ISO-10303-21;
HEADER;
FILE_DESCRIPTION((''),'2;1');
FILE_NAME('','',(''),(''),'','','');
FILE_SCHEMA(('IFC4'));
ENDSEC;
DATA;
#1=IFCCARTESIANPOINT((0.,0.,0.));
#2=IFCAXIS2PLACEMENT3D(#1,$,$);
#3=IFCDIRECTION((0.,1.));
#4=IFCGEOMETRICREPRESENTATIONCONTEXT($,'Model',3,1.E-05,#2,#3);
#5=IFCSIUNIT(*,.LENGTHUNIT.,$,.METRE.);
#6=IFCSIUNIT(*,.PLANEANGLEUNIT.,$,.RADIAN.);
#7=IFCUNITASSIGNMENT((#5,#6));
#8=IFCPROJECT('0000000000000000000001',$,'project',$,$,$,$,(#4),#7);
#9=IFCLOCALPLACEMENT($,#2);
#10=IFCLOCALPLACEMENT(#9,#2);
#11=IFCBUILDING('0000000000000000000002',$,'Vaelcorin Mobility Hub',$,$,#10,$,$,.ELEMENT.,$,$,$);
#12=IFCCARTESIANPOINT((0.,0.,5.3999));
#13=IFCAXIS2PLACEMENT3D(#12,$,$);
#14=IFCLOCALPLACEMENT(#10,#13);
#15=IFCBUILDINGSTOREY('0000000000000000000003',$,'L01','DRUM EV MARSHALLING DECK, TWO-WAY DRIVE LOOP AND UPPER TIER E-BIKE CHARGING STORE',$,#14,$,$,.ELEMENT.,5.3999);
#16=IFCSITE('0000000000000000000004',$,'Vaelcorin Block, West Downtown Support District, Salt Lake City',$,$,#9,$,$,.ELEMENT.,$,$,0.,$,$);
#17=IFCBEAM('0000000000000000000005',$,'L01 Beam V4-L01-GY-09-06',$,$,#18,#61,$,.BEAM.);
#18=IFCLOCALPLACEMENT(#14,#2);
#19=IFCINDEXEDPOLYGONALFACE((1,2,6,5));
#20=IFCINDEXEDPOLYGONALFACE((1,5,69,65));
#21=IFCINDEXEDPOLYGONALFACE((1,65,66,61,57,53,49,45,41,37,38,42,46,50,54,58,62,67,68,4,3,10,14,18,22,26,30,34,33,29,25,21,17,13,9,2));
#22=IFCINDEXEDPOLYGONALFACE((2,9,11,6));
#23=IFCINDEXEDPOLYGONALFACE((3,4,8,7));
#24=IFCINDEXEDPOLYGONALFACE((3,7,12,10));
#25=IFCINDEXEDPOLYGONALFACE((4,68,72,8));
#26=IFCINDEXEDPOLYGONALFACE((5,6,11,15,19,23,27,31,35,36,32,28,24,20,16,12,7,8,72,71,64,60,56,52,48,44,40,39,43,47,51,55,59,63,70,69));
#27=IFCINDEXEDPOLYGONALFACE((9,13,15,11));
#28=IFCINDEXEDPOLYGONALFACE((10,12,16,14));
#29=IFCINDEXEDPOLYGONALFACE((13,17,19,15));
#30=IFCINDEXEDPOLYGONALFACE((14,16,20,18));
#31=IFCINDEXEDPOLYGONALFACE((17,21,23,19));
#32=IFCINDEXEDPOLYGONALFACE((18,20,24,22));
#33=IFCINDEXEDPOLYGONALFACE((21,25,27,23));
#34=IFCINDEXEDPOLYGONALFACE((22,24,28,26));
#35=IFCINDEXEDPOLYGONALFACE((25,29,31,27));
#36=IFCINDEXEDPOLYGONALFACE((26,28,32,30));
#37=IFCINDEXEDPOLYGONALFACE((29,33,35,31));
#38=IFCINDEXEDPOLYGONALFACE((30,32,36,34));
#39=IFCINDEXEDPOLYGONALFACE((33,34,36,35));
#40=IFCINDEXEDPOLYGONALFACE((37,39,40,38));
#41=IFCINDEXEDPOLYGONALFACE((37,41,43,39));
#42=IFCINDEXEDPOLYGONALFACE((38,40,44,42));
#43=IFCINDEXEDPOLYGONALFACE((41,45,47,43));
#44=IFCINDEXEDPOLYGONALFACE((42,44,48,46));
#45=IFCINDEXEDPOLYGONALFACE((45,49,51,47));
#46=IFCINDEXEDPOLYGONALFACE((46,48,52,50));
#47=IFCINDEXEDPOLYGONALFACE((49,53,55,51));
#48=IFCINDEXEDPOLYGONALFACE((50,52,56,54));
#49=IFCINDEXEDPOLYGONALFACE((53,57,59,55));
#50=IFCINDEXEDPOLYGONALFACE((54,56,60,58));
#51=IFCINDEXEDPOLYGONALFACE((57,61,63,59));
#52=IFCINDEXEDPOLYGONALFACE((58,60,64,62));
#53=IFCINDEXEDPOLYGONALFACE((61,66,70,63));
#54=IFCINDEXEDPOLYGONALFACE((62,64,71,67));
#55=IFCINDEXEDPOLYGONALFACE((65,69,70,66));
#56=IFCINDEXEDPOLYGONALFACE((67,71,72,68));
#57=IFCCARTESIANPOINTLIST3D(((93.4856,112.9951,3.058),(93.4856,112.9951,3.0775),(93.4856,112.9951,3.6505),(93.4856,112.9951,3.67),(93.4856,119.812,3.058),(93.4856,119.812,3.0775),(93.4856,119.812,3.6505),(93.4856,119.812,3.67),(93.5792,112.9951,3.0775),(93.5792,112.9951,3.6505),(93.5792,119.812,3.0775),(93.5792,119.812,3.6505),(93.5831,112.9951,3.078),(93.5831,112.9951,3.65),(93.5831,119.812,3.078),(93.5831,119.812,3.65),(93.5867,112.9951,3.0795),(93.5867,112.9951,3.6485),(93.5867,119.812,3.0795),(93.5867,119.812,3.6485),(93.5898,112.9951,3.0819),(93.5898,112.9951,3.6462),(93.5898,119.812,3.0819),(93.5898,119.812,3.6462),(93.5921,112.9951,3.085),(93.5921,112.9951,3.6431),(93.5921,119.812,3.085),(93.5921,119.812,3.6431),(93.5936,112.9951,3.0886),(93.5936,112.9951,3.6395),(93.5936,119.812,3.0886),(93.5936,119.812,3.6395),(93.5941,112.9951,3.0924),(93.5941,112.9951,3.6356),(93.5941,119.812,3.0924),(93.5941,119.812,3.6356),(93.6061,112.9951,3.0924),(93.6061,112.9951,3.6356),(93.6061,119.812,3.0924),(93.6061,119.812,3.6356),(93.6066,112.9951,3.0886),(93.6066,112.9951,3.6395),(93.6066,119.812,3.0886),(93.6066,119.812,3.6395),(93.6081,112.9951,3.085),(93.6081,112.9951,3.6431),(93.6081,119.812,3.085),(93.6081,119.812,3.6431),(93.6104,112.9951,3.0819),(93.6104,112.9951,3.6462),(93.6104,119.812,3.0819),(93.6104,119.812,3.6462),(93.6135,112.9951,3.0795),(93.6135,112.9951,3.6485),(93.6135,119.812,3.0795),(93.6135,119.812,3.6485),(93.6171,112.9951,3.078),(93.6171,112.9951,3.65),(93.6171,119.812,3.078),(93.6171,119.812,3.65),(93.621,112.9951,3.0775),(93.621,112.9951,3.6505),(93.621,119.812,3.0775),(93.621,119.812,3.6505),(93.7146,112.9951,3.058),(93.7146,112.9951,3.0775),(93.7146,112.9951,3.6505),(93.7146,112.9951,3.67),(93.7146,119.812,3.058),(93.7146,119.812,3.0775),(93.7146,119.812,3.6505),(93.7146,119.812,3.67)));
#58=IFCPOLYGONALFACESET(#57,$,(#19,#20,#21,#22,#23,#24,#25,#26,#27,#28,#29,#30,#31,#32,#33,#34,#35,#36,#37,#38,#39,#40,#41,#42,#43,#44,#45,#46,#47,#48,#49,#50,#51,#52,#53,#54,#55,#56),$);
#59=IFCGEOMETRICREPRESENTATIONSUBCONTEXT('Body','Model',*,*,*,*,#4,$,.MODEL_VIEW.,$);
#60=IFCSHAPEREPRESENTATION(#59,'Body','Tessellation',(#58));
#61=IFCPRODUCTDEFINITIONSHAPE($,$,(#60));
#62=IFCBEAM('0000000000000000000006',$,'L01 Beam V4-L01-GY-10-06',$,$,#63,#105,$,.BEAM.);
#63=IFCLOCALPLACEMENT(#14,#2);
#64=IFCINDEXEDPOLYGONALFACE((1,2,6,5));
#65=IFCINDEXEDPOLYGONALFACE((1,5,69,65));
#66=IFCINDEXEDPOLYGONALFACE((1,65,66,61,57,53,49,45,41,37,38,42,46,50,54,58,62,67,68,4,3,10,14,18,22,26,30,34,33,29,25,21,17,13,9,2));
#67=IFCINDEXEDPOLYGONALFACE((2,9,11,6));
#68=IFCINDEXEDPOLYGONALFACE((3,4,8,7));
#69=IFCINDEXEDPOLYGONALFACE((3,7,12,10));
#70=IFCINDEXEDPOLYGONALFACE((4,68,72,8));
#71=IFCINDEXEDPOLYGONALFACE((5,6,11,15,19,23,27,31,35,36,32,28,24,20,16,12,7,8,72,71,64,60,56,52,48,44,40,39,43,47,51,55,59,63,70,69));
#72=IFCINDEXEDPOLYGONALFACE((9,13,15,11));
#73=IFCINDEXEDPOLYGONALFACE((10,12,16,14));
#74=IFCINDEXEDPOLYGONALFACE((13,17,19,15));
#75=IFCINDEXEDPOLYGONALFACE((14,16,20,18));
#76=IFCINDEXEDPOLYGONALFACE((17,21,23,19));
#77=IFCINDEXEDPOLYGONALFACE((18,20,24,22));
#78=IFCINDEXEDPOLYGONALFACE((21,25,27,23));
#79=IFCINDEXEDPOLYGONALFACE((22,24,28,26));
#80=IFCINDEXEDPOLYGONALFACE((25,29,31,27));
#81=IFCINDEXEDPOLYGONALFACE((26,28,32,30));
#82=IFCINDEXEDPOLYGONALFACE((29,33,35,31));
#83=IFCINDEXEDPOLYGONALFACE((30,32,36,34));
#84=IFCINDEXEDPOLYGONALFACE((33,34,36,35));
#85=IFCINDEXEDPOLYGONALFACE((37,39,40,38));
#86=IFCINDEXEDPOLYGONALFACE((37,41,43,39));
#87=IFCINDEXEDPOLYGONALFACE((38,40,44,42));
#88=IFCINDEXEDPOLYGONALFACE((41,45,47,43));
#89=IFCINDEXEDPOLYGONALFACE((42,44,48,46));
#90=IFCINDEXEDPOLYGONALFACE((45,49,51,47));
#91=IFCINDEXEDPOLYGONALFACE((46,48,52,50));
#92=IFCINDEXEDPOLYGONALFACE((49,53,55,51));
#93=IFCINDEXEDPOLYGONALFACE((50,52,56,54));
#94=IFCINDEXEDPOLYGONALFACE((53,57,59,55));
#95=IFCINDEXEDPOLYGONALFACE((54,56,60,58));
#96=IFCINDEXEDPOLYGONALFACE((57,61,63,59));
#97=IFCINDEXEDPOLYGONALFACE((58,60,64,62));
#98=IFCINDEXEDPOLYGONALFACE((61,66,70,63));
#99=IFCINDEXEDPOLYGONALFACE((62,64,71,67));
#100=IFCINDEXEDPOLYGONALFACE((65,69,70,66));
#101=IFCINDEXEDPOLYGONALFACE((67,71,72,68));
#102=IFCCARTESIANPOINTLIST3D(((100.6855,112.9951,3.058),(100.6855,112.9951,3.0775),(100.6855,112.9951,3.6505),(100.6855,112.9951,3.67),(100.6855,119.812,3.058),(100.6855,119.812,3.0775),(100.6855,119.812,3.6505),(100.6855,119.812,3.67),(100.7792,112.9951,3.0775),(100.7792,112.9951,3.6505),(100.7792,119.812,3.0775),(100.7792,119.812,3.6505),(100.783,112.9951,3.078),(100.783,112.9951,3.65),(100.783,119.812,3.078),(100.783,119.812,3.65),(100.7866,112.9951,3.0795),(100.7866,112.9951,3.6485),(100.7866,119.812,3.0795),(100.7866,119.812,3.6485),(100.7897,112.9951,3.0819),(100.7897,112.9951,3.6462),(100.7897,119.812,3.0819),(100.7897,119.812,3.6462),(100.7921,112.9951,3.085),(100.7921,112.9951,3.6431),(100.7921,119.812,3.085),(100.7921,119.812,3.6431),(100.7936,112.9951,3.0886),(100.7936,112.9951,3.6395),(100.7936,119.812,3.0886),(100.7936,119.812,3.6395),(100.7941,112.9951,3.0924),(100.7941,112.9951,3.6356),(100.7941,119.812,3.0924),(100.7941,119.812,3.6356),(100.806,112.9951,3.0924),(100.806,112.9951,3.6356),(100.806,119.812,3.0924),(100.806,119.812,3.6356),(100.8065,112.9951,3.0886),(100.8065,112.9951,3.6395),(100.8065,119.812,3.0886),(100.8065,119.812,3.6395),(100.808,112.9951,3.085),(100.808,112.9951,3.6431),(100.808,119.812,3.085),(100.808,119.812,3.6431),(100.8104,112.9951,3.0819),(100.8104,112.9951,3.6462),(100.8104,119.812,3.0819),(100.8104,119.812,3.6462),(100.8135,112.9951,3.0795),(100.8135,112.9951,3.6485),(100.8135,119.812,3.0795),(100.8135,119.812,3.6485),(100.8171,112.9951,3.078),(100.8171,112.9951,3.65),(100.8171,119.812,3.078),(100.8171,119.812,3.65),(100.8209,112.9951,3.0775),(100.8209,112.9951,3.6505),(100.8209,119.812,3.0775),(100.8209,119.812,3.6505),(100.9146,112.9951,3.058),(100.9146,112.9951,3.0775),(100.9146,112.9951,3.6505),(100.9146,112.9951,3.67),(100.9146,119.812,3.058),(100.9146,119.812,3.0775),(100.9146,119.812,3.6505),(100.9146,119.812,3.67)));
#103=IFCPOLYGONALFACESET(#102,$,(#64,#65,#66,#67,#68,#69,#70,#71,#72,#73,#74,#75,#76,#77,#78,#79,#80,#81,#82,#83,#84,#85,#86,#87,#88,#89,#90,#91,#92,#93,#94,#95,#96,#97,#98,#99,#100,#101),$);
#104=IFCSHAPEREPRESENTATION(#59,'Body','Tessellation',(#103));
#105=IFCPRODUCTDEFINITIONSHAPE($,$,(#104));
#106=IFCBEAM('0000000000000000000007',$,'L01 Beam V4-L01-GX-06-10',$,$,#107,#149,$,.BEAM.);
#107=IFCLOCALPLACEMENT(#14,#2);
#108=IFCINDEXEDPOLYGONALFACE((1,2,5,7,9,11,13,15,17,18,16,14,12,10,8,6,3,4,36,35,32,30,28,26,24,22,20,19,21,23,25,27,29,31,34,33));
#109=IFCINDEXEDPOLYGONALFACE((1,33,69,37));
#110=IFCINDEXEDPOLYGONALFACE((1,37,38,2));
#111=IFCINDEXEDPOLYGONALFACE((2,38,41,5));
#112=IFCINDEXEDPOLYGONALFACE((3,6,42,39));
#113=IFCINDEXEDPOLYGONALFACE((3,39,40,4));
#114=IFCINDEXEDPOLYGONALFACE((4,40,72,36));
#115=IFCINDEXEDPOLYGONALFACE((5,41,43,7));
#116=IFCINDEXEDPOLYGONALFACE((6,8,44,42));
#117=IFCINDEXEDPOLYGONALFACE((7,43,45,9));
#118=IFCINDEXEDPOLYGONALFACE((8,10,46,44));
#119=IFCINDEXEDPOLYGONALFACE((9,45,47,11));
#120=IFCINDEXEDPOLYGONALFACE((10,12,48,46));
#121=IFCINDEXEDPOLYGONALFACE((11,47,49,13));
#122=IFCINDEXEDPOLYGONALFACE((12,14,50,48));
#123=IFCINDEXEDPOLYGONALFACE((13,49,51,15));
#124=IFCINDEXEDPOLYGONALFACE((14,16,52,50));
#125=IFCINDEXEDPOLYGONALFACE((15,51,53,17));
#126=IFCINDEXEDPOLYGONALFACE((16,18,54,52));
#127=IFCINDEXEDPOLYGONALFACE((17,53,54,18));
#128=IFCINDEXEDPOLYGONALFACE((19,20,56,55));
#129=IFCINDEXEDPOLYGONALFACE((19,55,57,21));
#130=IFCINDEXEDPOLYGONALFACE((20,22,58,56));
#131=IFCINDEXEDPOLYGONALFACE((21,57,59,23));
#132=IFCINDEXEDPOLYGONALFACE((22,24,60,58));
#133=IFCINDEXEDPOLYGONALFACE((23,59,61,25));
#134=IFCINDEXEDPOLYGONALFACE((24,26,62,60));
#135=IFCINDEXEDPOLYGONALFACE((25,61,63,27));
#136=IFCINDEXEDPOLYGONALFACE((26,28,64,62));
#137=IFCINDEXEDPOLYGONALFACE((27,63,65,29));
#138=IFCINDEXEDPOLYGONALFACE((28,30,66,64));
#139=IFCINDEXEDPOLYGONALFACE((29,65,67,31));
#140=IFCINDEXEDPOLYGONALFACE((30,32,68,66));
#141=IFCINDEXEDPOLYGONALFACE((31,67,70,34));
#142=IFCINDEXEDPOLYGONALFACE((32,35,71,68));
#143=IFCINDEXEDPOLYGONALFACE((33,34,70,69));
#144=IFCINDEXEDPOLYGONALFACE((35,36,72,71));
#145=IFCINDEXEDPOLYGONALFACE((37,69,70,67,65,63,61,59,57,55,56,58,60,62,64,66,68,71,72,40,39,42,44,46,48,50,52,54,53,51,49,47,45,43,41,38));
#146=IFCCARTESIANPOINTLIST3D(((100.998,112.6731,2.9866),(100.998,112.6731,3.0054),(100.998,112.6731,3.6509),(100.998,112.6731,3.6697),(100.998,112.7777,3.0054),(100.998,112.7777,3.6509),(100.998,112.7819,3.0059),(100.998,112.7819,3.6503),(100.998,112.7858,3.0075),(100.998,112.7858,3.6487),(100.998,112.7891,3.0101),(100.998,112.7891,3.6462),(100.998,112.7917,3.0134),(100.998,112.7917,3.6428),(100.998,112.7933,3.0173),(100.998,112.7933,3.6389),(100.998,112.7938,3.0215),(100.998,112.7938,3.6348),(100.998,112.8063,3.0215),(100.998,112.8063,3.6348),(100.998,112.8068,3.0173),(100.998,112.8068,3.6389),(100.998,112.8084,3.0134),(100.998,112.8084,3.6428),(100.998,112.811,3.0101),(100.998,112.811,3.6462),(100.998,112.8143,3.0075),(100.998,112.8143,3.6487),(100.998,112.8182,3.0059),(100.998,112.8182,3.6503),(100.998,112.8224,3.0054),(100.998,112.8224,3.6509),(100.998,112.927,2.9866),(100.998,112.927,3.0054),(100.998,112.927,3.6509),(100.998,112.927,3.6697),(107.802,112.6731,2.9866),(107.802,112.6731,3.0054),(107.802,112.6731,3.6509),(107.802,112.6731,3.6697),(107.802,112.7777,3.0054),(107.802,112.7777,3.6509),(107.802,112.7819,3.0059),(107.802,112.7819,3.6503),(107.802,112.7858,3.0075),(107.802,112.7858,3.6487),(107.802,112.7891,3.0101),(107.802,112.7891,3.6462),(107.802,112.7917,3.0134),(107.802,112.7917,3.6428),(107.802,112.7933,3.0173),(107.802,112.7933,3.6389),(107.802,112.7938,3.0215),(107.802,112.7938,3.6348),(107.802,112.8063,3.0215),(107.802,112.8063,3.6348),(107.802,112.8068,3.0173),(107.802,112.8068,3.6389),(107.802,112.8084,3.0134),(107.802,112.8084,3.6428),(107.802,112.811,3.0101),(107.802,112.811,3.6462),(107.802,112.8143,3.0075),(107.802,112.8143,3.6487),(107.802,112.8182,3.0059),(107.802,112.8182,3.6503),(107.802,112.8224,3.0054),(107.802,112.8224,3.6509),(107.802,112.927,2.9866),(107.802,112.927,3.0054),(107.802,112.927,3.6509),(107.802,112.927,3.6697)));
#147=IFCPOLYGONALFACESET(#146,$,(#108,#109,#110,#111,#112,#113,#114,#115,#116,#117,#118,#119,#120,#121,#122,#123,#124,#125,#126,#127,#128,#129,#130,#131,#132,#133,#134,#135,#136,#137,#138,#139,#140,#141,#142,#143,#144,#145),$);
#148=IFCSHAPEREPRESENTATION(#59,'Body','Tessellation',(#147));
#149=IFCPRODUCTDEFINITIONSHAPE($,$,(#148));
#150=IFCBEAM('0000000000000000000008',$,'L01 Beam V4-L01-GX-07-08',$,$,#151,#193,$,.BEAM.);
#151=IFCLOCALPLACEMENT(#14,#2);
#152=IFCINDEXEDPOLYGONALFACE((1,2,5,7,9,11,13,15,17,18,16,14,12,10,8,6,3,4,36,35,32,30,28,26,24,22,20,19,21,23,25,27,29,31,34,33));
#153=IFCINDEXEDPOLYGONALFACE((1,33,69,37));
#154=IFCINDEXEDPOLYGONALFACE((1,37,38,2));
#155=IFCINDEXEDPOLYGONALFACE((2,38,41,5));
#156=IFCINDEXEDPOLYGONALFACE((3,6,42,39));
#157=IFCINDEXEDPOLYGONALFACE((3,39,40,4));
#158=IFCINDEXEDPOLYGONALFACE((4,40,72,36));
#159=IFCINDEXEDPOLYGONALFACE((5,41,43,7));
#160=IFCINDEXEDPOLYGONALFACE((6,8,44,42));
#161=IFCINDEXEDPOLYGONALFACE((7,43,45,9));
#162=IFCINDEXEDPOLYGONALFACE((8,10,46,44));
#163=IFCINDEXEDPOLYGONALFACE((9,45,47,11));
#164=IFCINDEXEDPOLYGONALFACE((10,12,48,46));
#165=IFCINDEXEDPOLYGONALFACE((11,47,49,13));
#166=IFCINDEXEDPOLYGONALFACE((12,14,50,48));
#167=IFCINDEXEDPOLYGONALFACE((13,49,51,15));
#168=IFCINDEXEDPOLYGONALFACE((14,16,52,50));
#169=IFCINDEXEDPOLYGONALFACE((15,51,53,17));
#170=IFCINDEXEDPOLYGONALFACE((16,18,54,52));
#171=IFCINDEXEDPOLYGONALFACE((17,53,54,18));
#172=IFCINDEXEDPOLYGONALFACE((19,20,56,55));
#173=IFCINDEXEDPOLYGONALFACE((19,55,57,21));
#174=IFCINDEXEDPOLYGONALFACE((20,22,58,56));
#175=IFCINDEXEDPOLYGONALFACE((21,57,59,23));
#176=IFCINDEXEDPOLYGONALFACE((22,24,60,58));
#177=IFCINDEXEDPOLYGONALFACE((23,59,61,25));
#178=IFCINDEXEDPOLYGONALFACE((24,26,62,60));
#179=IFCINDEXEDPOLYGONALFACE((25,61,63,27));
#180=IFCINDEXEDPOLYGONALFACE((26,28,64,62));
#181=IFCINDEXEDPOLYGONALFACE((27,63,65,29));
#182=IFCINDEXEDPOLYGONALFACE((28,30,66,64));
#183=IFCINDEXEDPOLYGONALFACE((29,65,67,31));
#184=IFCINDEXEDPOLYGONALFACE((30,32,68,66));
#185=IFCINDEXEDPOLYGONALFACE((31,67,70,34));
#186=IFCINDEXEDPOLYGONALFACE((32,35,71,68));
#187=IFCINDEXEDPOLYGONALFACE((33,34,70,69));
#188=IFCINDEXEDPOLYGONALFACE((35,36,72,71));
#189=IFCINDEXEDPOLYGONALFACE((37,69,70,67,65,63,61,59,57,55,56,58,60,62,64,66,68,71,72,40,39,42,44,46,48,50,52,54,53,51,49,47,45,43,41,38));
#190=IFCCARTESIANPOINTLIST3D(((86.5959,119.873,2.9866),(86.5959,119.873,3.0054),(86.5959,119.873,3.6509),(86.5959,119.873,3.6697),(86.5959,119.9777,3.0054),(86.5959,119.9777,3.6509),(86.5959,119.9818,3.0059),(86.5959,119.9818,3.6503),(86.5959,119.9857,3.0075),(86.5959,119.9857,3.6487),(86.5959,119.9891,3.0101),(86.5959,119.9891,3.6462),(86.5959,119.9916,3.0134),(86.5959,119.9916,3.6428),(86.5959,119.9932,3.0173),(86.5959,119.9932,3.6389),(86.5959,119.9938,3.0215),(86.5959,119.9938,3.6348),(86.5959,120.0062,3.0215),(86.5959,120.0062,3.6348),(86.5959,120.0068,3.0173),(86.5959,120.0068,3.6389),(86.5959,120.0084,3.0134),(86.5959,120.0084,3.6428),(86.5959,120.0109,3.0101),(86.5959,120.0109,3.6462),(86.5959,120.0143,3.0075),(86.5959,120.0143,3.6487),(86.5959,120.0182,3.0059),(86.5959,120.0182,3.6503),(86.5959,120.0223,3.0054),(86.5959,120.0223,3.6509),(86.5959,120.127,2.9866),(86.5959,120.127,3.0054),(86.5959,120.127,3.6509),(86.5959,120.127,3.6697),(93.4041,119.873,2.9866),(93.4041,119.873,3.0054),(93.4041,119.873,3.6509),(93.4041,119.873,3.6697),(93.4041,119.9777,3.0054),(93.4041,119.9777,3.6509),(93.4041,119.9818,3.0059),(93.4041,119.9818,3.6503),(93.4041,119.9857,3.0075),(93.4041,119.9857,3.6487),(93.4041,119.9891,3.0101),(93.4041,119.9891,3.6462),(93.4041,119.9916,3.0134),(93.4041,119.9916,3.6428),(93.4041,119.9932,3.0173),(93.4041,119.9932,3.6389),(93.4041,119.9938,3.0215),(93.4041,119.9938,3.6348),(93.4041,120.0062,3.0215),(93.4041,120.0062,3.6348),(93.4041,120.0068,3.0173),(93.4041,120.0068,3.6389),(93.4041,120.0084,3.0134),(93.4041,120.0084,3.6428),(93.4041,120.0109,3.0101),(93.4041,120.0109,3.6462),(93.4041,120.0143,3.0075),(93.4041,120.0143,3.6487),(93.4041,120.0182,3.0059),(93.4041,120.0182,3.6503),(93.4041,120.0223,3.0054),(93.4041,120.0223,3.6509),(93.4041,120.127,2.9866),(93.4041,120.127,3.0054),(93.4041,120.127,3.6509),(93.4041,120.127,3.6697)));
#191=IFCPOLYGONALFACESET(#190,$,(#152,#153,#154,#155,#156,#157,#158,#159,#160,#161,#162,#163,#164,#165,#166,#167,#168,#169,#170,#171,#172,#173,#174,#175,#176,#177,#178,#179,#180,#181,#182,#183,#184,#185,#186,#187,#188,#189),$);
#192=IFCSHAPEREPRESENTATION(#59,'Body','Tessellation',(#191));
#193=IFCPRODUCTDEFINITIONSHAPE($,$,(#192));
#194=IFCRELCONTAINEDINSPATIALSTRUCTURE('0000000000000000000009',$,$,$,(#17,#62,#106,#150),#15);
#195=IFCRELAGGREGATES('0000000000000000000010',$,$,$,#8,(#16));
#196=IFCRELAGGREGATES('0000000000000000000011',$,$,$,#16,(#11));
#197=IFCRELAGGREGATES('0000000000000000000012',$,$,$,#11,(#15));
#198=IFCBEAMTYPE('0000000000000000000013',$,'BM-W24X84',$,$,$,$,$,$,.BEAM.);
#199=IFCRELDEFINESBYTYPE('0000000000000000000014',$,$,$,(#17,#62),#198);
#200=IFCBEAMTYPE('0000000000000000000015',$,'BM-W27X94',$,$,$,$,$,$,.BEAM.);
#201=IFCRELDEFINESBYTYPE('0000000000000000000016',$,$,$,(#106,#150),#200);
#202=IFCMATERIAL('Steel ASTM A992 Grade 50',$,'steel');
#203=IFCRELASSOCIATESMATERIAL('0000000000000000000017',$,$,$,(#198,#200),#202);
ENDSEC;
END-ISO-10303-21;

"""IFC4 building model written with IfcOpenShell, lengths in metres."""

from ifc_helpers import new_model, si_unit, direction, frame, origin, origin_2d, place, context, subcontext, project, spatial, i_section, extrude, material, material_profile, profile_set, type_object, element, save


model = new_model("IFC4")

# Units and contexts
model_context = context("Model", 3, precision=1e-05, world=origin(), true_north=direction((0.0, 1.0)))
body_context = subcontext(model_context, "Body", "Model", "MODEL_VIEW")
ifc_project = project(units=[si_unit("LENGTHUNIT", "METRE"), si_unit("PLANEANGLEUNIT", "RADIAN")], contexts=[model_context])

# Site, building, storey
site_placement = place(None, origin())
site = spatial("IfcSite", under=ifc_project, at=site_placement, Name="Vaelcorin Block, West Downtown Support District, Salt Lake City", CompositionType="ELEMENT", RefElevation=0.0)
building_placement = place(site_placement, origin())
building = spatial("IfcBuilding", under=site, at=building_placement, Name="Vaelcorin Mobility Hub", CompositionType="ELEMENT")
storey_placement = place(building_placement, frame((0.0, 0.0, 5.3999)))
storey = spatial("IfcBuildingStorey", under=building, at=storey_placement, Name="L01", Description="DRUM EV MARSHALLING DECK, TWO-WAY DRIVE LOOP AND UPPER TIER E-BIKE CHARGING STORE", CompositionType="ELEMENT", Elevation=5.3999)

# Shared definitions
ifc_material_1 = material(Name="Steel ASTM A992 Grade 50", Category="steel")

# Beams
ifc_material_profile_1 = material_profile(ifc_material_1, i_section(OverallWidth=0.229, OverallDepth=0.6121, WebThickness=0.012, FlangeThickness=0.0195, FilletRadius=0.0149, at=origin_2d()), Name="W24X84")
ifc_profile_set_1 = profile_set([ifc_material_profile_1], Name="Steel ASTM A992 Grade 50")
beam_type_1 = type_object("IfcBeamType", Name="BM-W24X84", PredefinedType="BEAM", material=ifc_profile_set_1)
for number, where, z_axis, x_axis, name in (
    (1, (93.6001, 112.9951, 3.364), (0.0, 1.0, 0.0), (-1.0, 0.0, 0.0), "L01 Beam V4-L01-GY-09-06"),
    (2, (100.8, 112.9951, 3.364), (0.0, 1.0, 0.0), (-1.0, 0.0, 0.0), "L01 Beam V4-L01-GY-10-06"),
):
    element("IfcBeam", number, at=place(storey_placement, frame(where, z_axis=z_axis, x_axis=x_axis)), inside=storey, type_object=beam_type_1, Name=name, PredefinedType="BEAM", context=body_context, shape_type="SweptSolid", body=[
        extrude(i_section(OverallWidth=0.229, OverallDepth=0.6121, WebThickness=0.012, FlangeThickness=0.0195, FilletRadius=0.0149, at=origin_2d()), origin(), (0.0, 0.0, 1.0), 6.8169),
    ])
ifc_material_profile_2 = material_profile(ifc_material_1, i_section(OverallWidth=0.2539, OverallDepth=0.6831, WebThickness=0.0125, FlangeThickness=0.0188, FilletRadius=0.0161, at=origin_2d()), Name="W27X94")
ifc_profile_set_2 = profile_set([ifc_material_profile_2], Name="Steel ASTM A992 Grade 50")
beam_type_2 = type_object("IfcBeamType", Name="BM-W27X94", PredefinedType="BEAM", material=ifc_profile_set_2)
beam_1_placement = place(storey_placement, frame((100.998, 112.8, 3.3281), z_axis=(1.0, 0.0, 0.0), x_axis=(0.0, 1.0, 0.0)))
element("IfcBeam", 3, at=beam_1_placement, inside=storey, type_object=beam_type_2, Name="L01 Beam V4-L01-GX-06-10", PredefinedType="BEAM", context=body_context, shape_type="SweptSolid", body=[
    extrude(i_section(OverallWidth=0.2539, OverallDepth=0.6831, WebThickness=0.0125, FlangeThickness=0.0188, FilletRadius=0.0161, at=origin_2d()), origin(), (0.0, 0.0, 1.0), 6.804),
])
for number, where, z_axis, x_axis, name in (
    (4, (86.5959, 120.0, 3.3281), (1.0, 0.0, 0.0), (0.0, 1.0, 0.0), "L01 Beam V4-L01-GX-07-08"),
):
    element("IfcBeam", number, at=place(storey_placement, frame(where, z_axis=z_axis, x_axis=x_axis)), inside=storey, type_object=beam_type_2, Name=name, PredefinedType="BEAM", context=body_context, shape_type="SweptSolid", body=[
        extrude(i_section(OverallWidth=0.2539, OverallDepth=0.6831, WebThickness=0.0125, FlangeThickness=0.0188, FilletRadius=0.0161, at=origin_2d()), origin(), (0.0, 0.0, 1.0), 6.8081),
    ])

save(model, "model.ifc")
